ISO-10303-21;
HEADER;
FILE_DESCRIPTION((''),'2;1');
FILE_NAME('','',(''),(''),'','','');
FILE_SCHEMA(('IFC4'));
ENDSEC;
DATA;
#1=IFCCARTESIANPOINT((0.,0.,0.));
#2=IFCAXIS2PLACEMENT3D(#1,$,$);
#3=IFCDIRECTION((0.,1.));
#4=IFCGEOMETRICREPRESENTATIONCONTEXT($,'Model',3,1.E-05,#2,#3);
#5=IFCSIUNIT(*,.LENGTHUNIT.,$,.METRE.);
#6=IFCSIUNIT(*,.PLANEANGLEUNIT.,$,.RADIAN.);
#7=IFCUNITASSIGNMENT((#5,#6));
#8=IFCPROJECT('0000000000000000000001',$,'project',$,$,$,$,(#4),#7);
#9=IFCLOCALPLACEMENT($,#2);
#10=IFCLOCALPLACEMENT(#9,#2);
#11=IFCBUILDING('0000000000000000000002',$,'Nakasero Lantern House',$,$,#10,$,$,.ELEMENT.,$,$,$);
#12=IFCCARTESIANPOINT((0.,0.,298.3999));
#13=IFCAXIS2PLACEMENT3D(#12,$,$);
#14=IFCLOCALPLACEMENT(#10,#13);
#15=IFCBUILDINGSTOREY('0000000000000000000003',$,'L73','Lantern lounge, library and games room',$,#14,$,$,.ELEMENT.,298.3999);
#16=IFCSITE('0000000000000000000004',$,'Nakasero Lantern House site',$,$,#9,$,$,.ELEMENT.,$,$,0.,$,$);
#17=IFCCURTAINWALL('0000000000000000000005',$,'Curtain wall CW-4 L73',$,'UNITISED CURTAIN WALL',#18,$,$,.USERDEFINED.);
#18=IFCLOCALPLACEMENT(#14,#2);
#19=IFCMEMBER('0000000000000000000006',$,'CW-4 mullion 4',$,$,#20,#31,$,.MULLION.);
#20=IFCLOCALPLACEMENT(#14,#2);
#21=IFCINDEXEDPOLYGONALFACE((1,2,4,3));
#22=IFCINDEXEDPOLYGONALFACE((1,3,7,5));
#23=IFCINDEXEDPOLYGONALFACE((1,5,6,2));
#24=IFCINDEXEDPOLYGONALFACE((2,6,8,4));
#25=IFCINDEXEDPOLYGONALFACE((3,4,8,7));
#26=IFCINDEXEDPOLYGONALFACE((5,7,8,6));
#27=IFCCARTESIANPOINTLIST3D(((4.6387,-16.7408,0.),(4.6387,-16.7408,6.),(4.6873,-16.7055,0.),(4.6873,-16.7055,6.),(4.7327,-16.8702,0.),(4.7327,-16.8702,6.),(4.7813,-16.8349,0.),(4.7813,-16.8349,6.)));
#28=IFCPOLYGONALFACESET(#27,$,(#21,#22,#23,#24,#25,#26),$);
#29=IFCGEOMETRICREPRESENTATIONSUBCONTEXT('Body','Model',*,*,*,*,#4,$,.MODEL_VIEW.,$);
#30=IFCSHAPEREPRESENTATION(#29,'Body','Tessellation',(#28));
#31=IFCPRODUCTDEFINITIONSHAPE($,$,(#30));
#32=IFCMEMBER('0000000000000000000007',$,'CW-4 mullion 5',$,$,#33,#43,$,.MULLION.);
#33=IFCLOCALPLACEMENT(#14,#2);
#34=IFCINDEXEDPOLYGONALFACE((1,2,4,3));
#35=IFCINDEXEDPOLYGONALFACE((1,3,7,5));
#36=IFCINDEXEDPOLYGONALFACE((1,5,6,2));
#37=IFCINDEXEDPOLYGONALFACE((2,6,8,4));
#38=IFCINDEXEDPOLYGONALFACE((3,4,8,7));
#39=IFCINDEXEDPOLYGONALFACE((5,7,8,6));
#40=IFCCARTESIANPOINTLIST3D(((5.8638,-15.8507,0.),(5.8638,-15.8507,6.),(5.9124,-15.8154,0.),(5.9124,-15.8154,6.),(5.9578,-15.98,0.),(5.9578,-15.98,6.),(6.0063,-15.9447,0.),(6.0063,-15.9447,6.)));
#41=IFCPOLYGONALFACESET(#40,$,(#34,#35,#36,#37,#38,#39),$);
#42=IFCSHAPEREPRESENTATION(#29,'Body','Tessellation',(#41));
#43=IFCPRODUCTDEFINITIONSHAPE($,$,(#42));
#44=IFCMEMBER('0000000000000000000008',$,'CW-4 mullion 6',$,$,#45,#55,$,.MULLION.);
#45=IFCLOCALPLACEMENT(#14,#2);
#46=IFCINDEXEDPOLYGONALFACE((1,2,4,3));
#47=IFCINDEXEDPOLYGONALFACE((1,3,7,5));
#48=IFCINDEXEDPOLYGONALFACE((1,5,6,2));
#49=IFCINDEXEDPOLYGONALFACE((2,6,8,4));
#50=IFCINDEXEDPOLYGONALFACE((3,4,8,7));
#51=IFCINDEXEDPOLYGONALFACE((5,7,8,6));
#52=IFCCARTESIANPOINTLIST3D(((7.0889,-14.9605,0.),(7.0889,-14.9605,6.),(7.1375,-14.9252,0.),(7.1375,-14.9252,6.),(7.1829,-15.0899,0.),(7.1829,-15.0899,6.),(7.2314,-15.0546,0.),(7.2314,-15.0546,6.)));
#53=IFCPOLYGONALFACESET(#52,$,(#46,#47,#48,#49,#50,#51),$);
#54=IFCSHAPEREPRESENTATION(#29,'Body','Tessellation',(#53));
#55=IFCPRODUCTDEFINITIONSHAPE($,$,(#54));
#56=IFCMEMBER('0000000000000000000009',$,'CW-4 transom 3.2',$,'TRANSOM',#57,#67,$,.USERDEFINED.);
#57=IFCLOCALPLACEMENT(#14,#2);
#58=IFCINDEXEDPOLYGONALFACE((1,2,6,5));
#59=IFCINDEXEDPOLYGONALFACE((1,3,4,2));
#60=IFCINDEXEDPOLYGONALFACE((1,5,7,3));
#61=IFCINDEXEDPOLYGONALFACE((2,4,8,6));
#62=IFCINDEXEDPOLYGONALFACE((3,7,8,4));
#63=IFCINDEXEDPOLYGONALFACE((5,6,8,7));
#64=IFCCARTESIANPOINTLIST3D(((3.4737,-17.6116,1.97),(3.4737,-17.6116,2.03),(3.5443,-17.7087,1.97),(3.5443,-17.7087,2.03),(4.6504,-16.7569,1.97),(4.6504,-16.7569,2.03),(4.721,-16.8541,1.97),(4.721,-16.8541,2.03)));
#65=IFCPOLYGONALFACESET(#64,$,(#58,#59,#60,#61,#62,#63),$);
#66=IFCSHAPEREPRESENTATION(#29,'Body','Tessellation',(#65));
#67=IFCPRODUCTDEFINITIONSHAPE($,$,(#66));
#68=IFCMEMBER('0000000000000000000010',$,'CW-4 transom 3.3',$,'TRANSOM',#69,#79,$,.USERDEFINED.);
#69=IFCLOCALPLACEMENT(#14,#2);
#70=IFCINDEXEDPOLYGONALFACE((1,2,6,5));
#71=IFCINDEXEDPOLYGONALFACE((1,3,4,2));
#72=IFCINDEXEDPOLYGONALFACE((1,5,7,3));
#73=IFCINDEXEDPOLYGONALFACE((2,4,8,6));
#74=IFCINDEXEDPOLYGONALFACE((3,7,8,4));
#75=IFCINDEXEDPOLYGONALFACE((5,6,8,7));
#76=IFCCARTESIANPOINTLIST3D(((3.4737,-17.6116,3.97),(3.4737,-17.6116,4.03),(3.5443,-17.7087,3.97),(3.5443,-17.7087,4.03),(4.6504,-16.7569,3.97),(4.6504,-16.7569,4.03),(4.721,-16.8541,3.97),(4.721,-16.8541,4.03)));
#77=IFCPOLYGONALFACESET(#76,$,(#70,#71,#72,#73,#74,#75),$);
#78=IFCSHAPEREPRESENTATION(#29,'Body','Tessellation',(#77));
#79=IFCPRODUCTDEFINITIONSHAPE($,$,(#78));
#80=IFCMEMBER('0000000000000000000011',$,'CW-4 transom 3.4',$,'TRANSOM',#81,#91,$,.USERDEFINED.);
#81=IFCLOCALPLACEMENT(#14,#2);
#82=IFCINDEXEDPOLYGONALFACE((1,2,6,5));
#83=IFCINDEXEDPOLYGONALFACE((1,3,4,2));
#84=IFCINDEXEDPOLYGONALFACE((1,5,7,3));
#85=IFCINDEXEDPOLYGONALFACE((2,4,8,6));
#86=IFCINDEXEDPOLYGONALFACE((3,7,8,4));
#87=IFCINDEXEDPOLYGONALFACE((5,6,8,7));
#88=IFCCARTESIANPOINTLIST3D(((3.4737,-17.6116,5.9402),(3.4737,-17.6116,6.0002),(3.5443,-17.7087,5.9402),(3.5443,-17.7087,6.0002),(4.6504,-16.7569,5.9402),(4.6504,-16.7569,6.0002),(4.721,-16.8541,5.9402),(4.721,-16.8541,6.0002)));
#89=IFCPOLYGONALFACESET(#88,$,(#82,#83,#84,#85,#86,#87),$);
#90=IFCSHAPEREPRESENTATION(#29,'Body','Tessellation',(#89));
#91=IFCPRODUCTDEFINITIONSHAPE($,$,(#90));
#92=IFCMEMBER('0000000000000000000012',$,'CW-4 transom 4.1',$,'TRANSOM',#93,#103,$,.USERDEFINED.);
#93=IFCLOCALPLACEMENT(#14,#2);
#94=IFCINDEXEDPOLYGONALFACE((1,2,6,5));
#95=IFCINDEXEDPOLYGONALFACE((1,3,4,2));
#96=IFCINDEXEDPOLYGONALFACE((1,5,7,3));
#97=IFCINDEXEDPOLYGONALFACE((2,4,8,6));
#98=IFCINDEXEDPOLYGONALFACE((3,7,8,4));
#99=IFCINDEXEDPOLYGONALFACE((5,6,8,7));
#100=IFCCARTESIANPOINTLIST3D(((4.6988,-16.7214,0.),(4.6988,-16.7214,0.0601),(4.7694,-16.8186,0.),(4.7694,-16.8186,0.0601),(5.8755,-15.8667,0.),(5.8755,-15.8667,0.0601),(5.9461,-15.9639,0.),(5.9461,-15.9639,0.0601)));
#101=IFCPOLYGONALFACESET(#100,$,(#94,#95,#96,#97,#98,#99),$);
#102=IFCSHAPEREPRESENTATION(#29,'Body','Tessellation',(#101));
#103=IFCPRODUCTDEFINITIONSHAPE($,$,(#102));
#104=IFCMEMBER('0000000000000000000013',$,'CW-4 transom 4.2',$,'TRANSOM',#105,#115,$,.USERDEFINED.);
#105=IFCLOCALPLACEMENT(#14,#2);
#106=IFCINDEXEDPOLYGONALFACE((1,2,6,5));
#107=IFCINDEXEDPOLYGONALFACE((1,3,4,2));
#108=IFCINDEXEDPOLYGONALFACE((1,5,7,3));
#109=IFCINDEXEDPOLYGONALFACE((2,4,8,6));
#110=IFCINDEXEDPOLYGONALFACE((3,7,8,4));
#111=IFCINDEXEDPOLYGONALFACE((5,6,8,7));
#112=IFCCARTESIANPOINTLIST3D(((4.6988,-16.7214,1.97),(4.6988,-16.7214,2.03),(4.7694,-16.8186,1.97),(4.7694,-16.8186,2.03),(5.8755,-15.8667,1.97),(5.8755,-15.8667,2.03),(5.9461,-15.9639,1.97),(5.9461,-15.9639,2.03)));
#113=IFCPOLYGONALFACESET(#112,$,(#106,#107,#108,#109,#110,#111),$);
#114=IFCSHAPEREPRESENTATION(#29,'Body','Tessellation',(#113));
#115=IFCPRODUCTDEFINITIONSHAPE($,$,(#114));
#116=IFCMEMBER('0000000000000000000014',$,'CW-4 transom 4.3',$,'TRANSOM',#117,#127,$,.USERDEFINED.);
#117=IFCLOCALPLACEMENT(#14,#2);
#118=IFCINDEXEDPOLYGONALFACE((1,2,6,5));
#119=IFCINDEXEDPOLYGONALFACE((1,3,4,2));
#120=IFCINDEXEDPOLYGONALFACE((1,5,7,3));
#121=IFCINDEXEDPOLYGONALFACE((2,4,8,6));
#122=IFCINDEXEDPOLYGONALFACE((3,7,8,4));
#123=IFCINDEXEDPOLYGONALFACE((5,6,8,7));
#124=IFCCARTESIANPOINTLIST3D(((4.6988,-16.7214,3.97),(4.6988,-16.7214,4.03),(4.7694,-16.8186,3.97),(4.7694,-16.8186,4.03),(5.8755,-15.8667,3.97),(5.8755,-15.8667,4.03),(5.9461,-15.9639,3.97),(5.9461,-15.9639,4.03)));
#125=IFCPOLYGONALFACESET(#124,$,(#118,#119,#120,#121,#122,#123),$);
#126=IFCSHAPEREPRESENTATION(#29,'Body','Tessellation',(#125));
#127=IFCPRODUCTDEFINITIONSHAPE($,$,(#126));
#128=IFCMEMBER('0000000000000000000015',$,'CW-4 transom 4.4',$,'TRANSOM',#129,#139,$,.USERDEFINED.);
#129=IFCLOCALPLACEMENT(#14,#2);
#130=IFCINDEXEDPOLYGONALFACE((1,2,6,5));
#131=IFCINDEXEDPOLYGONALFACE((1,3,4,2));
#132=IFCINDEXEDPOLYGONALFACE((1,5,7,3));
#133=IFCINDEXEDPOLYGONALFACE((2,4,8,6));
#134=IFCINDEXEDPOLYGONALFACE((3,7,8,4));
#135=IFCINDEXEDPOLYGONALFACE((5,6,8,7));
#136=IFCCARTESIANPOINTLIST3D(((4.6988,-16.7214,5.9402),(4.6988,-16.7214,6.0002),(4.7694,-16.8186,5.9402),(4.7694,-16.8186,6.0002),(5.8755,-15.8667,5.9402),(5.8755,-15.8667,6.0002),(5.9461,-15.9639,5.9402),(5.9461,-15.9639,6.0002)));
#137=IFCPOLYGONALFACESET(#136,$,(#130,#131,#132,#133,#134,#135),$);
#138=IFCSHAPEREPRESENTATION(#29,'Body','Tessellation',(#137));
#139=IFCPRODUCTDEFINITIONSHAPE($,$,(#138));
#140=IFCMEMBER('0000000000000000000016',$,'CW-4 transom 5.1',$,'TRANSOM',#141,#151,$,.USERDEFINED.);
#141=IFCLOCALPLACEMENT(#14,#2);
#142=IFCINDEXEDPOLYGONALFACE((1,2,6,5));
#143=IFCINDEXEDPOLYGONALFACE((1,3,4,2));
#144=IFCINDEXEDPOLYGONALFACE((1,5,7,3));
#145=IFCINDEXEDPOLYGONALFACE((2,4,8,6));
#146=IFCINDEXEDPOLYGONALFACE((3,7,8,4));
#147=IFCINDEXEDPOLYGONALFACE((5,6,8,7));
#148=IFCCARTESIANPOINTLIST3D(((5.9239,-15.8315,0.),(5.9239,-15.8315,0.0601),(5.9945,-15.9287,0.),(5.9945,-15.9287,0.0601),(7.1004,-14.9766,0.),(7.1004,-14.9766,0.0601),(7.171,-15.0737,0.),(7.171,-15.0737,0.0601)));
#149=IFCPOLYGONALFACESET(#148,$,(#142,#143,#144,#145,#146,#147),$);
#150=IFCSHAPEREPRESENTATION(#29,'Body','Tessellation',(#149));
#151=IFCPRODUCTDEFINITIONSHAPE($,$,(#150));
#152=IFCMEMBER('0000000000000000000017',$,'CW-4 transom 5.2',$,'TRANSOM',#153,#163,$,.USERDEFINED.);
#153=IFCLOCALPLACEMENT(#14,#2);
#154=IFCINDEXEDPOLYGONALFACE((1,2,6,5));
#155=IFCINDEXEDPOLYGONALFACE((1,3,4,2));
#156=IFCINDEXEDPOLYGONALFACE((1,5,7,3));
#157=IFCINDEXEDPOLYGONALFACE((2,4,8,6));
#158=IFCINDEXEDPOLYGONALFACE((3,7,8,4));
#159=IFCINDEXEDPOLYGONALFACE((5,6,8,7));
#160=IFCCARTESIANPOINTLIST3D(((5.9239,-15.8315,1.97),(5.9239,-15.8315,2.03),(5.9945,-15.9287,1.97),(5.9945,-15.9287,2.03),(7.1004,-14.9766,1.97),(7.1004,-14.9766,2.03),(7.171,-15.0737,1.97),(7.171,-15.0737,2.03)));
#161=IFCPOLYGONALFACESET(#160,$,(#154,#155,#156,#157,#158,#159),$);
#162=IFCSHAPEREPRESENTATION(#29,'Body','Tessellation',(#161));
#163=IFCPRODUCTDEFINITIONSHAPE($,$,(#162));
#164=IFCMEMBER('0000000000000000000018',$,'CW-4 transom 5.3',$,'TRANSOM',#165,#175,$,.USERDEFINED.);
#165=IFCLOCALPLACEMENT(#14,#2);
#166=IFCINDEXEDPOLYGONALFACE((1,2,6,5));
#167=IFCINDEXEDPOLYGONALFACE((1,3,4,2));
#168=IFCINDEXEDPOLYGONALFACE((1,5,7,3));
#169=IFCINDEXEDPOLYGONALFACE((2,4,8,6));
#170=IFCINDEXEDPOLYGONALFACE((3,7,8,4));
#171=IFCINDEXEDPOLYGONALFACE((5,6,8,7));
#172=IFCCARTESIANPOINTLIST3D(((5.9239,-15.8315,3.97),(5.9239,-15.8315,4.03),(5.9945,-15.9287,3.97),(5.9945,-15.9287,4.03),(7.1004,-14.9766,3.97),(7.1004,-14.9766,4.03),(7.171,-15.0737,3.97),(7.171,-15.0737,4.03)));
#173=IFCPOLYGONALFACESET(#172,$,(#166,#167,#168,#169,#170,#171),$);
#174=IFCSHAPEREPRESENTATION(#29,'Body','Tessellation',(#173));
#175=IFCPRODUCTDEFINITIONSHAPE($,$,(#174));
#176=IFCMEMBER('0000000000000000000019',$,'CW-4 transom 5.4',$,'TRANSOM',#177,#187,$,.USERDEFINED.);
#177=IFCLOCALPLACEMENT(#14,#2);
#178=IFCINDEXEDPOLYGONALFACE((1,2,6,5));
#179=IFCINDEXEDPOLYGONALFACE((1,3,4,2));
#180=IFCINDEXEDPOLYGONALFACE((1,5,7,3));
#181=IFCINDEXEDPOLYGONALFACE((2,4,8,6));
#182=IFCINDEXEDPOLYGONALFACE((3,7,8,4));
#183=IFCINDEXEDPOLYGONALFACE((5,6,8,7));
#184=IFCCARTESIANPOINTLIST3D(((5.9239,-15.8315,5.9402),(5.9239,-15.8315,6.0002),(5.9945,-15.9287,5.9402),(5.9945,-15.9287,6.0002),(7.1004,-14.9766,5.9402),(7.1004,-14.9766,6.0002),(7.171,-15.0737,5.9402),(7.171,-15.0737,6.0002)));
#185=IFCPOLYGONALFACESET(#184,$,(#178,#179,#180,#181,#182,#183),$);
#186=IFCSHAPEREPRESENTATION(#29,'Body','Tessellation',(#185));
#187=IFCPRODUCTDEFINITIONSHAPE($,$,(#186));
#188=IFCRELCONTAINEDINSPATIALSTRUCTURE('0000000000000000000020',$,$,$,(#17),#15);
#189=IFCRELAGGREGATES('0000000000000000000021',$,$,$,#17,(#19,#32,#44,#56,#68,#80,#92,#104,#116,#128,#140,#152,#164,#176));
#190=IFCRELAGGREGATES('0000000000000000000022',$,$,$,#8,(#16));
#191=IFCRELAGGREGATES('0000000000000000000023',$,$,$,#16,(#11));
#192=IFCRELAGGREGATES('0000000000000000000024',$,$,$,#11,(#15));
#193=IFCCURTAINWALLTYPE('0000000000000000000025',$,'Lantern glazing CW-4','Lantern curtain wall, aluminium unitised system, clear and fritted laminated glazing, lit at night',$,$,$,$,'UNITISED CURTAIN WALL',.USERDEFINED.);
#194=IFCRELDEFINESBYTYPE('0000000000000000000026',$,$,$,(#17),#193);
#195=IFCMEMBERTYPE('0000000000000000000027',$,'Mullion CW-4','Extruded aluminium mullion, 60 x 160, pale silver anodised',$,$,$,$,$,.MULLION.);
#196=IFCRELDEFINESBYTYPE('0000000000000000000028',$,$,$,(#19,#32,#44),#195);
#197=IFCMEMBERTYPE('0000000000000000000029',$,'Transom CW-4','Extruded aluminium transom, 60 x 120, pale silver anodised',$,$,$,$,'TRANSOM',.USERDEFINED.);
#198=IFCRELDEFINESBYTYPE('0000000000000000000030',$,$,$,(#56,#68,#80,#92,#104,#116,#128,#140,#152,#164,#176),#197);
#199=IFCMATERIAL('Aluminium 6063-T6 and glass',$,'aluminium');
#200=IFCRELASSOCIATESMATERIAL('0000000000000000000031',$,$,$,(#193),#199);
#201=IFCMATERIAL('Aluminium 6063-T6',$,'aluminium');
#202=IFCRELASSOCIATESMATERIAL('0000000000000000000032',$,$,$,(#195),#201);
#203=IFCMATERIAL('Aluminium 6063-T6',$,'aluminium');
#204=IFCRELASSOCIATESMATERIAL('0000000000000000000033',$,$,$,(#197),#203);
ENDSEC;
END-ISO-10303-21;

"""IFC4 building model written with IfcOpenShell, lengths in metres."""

from ifc_helpers import new_model, si_unit, direction, frame, origin, origin_2d, place, context, subcontext, project, spatial, rectangle, extrude, material, material_profile, profile_set, type_object, element, aggregate, save


model = new_model("IFC4")

# Units and contexts
model_context = context("Model", 3, precision=1e-05, world=origin(), true_north=direction((0.0, 1.0)))
body_context = subcontext(model_context, "Body", "Model", "MODEL_VIEW")
ifc_project = project(units=[si_unit("LENGTHUNIT", "METRE"), si_unit("PLANEANGLEUNIT", "RADIAN")], contexts=[model_context])

# Site, building, storey
site_placement = place(None, origin())
site = spatial("IfcSite", under=ifc_project, at=site_placement, Name="Nakasero Lantern House site", CompositionType="ELEMENT", RefElevation=0.0)
building_placement = place(site_placement, origin())
building = spatial("IfcBuilding", under=site, at=building_placement, Name="Nakasero Lantern House", CompositionType="ELEMENT")
storey_placement = place(building_placement, frame((0.0, 0.0, 298.3999)))
storey = spatial("IfcBuildingStorey", under=building, at=storey_placement, Name="L73", Description="Lantern lounge, library and games room", CompositionType="ELEMENT", Elevation=298.3999)

# Curtain wall, members
ifc_material_1 = material(Name="Aluminium 6063-T6 and glass", Category="aluminium")
curtain_wall_type = type_object("IfcCurtainWallType", Name="Lantern glazing CW-4", Description="Lantern curtain wall, aluminium unitised system, clear and fritted laminated glazing, lit at night", ElementType="UNITISED CURTAIN WALL", PredefinedType="USERDEFINED", material=ifc_material_1)
curtain_wall_placement = place(storey_placement, origin())
curtain_wall = element("IfcCurtainWall", 1, at=curtain_wall_placement, inside=storey, type_object=curtain_wall_type, Name="Curtain wall CW-4 L73", ObjectType="UNITISED CURTAIN WALL", PredefinedType="USERDEFINED")
ifc_material_2 = material(Name="Aluminium 6063-T6", Category="aluminium")
ifc_material_profile_1 = material_profile(ifc_material_2, rectangle(XDim=0.0601, YDim=0.1599, at=origin_2d()), Name="CW-4 mullion 60x160")
ifc_profile_set_1 = profile_set([ifc_material_profile_1], Name="Aluminium 6063-T6")
member_type_1 = type_object("IfcMemberType", Name="Mullion CW-4", Description="Extruded aluminium mullion, 60 x 160, pale silver anodised", PredefinedType="MULLION", material=ifc_profile_set_1)
member_1_placement = place(storey_placement, frame((4.71, -16.7878, 0.0), z_axis=(0.0, 0.0, 1.0), x_axis=(0.809017, 0.587785, 0.0)))
member_1 = element("IfcMember", 2, at=member_1_placement, type_object=member_type_1, Name="CW-4 mullion 4", PredefinedType="MULLION", context=body_context, shape_type="SweptSolid", body=[
    extrude(rectangle(XDim=0.0601, YDim=0.1599, at=origin_2d()), origin(), (0.0, 0.0, 1.0), 6.0),
])
member_2_placement = place(storey_placement, frame((5.9351, -15.8977, 0.0), z_axis=(0.0, 0.0, 1.0), x_axis=(0.809017, 0.587785, 0.0)))
member_2 = element("IfcMember", 3, at=member_2_placement, type_object=member_type_1, Name="CW-4 mullion 5", PredefinedType="MULLION", context=body_context, shape_type="SweptSolid", body=[
    extrude(rectangle(XDim=0.0601, YDim=0.1599, at=origin_2d()), origin(), (0.0, 0.0, 1.0), 6.0),
])
member_3_placement = place(storey_placement, frame((7.1602, -15.0076, 0.0), z_axis=(0.0, 0.0, 1.0), x_axis=(0.809017, 0.587785, 0.0)))
member_3 = element("IfcMember", 4, at=member_3_placement, type_object=member_type_1, Name="CW-4 mullion 6", PredefinedType="MULLION", context=body_context, shape_type="SweptSolid", body=[
    extrude(rectangle(XDim=0.0601, YDim=0.1599, at=origin_2d()), origin(), (0.0, 0.0, 1.0), 6.0),
])
ifc_material_3 = material(Name="Aluminium 6063-T6", Category="aluminium")
ifc_material_profile_2 = material_profile(ifc_material_3, rectangle(XDim=0.0601, YDim=0.1201, at=origin_2d()), Name="CW-4 transom 60x120")
ifc_profile_set_2 = profile_set([ifc_material_profile_2], Name="Aluminium 6063-T6")
member_type_2 = type_object("IfcMemberType", Name="Transom CW-4", Description="Extruded aluminium transom, 60 x 120, pale silver anodised", ElementType="TRANSOM", PredefinedType="USERDEFINED", material=ifc_profile_set_2)
member_4_placement = place(storey_placement, frame((3.509, -17.6602, 2.0), z_axis=(0.809092, 0.587683, 0.0), x_axis=(0.0, 0.0, 1.0)))
member_4 = element("IfcMember", 5, at=member_4_placement, type_object=member_type_2, Name="CW-4 transom 3.2", ObjectType="TRANSOM", PredefinedType="USERDEFINED", context=body_context, shape_type="SweptSolid", body=[
    extrude(rectangle(XDim=0.0601, YDim=0.1201, at=origin_2d()), origin(), (0.0, 0.0, 1.0), 1.4543),
])
member_5_placement = place(storey_placement, frame((3.509, -17.6602, 4.0), z_axis=(0.809092, 0.587683, 0.0), x_axis=(0.0, 0.0, 1.0)))
member_5 = element("IfcMember", 6, at=member_5_placement, type_object=member_type_2, Name="CW-4 transom 3.3", ObjectType="TRANSOM", PredefinedType="USERDEFINED", context=body_context, shape_type="SweptSolid", body=[
    extrude(rectangle(XDim=0.0601, YDim=0.1201, at=origin_2d()), origin(), (0.0, 0.0, 1.0), 1.4543),
])
member_6_placement = place(storey_placement, frame((3.509, -17.6602, 5.9702), z_axis=(0.809092, 0.587683, 0.0), x_axis=(0.0, 0.0, 1.0)))
member_6 = element("IfcMember", 7, at=member_6_placement, type_object=member_type_2, Name="CW-4 transom 3.4", ObjectType="TRANSOM", PredefinedType="USERDEFINED", context=body_context, shape_type="SweptSolid", body=[
    extrude(rectangle(XDim=0.0601, YDim=0.1201, at=origin_2d()), origin(), (0.0, 0.0, 1.0), 1.4543),
])
member_7_placement = place(storey_placement, frame((4.7341, -16.77, 0.03), z_axis=(0.809092, 0.587683, 0.0), x_axis=(0.0, 0.0, 1.0)))
member_7 = element("IfcMember", 8, at=member_7_placement, type_object=member_type_2, Name="CW-4 transom 4.1", ObjectType="TRANSOM", PredefinedType="USERDEFINED", context=body_context, shape_type="SweptSolid", body=[
    extrude(rectangle(XDim=0.0601, YDim=0.1201, at=origin_2d()), origin(), (0.0, 0.0, 1.0), 1.4543),
])
member_8_placement = place(storey_placement, frame((4.7341, -16.77, 2.0), z_axis=(0.809092, 0.587683, 0.0), x_axis=(0.0, 0.0, 1.0)))
member_8 = element("IfcMember", 9, at=member_8_placement, type_object=member_type_2, Name="CW-4 transom 4.2", ObjectType="TRANSOM", PredefinedType="USERDEFINED", context=body_context, shape_type="SweptSolid", body=[
    extrude(rectangle(XDim=0.0601, YDim=0.1201, at=origin_2d()), origin(), (0.0, 0.0, 1.0), 1.4543),
])
member_9_placement = place(storey_placement, frame((4.7341, -16.77, 4.0), z_axis=(0.809092, 0.587683, 0.0), x_axis=(0.0, 0.0, 1.0)))
member_9 = element("IfcMember", 10, at=member_9_placement, type_object=member_type_2, Name="CW-4 transom 4.3", ObjectType="TRANSOM", PredefinedType="USERDEFINED", context=body_context, shape_type="SweptSolid", body=[
    extrude(rectangle(XDim=0.0601, YDim=0.1201, at=origin_2d()), origin(), (0.0, 0.0, 1.0), 1.4543),
])
member_10_placement = place(storey_placement, frame((4.7341, -16.77, 5.9702), z_axis=(0.809092, 0.587683, 0.0), x_axis=(0.0, 0.0, 1.0)))
member_10 = element("IfcMember", 11, at=member_10_placement, type_object=member_type_2, Name="CW-4 transom 4.4", ObjectType="TRANSOM", PredefinedType="USERDEFINED", context=body_context, shape_type="SweptSolid", body=[
    extrude(rectangle(XDim=0.0601, YDim=0.1201, at=origin_2d()), origin(), (0.0, 0.0, 1.0), 1.4543),
])
member_11_placement = place(storey_placement, frame((5.9592, -15.8801, 0.03), z_axis=(0.808954, 0.587872, 0.0), x_axis=(0.0, 0.0, 1.0)))
member_11 = element("IfcMember", 12, at=member_11_placement, type_object=member_type_2, Name="CW-4 transom 5.1", ObjectType="TRANSOM", PredefinedType="USERDEFINED", context=body_context, shape_type="SweptSolid", body=[
    extrude(rectangle(XDim=0.0601, YDim=0.1201, at=origin_2d()), origin(), (0.0, 0.0, 1.0), 1.4543),
])
member_12_placement = place(storey_placement, frame((5.9592, -15.8801, 2.0), z_axis=(0.808954, 0.587872, 0.0), x_axis=(0.0, 0.0, 1.0)))
member_12 = element("IfcMember", 13, at=member_12_placement, type_object=member_type_2, Name="CW-4 transom 5.2", ObjectType="TRANSOM", PredefinedType="USERDEFINED", context=body_context, shape_type="SweptSolid", body=[
    extrude(rectangle(XDim=0.0601, YDim=0.1201, at=origin_2d()), origin(), (0.0, 0.0, 1.0), 1.4543),
])
member_13_placement = place(storey_placement, frame((5.9592, -15.8801, 4.0), z_axis=(0.808954, 0.587872, 0.0), x_axis=(0.0, 0.0, 1.0)))
member_13 = element("IfcMember", 14, at=member_13_placement, type_object=member_type_2, Name="CW-4 transom 5.3", ObjectType="TRANSOM", PredefinedType="USERDEFINED", context=body_context, shape_type="SweptSolid", body=[
    extrude(rectangle(XDim=0.0601, YDim=0.1201, at=origin_2d()), origin(), (0.0, 0.0, 1.0), 1.4543),
])
member_14_placement = place(storey_placement, frame((5.9592, -15.8801, 5.9702), z_axis=(0.808954, 0.587872, 0.0), x_axis=(0.0, 0.0, 1.0)))
member_14 = element("IfcMember", 15, at=member_14_placement, type_object=member_type_2, Name="CW-4 transom 5.4", ObjectType="TRANSOM", PredefinedType="USERDEFINED", context=body_context, shape_type="SweptSolid", body=[
    extrude(rectangle(XDim=0.0601, YDim=0.1201, at=origin_2d()), origin(), (0.0, 0.0, 1.0), 1.4543),
])
aggregate(curtain_wall, [member_1, member_2, member_3, member_4, member_5, member_6, member_7, member_8, member_9, member_10, member_11, member_12, member_13, member_14])

save(model, "model.ifc")
